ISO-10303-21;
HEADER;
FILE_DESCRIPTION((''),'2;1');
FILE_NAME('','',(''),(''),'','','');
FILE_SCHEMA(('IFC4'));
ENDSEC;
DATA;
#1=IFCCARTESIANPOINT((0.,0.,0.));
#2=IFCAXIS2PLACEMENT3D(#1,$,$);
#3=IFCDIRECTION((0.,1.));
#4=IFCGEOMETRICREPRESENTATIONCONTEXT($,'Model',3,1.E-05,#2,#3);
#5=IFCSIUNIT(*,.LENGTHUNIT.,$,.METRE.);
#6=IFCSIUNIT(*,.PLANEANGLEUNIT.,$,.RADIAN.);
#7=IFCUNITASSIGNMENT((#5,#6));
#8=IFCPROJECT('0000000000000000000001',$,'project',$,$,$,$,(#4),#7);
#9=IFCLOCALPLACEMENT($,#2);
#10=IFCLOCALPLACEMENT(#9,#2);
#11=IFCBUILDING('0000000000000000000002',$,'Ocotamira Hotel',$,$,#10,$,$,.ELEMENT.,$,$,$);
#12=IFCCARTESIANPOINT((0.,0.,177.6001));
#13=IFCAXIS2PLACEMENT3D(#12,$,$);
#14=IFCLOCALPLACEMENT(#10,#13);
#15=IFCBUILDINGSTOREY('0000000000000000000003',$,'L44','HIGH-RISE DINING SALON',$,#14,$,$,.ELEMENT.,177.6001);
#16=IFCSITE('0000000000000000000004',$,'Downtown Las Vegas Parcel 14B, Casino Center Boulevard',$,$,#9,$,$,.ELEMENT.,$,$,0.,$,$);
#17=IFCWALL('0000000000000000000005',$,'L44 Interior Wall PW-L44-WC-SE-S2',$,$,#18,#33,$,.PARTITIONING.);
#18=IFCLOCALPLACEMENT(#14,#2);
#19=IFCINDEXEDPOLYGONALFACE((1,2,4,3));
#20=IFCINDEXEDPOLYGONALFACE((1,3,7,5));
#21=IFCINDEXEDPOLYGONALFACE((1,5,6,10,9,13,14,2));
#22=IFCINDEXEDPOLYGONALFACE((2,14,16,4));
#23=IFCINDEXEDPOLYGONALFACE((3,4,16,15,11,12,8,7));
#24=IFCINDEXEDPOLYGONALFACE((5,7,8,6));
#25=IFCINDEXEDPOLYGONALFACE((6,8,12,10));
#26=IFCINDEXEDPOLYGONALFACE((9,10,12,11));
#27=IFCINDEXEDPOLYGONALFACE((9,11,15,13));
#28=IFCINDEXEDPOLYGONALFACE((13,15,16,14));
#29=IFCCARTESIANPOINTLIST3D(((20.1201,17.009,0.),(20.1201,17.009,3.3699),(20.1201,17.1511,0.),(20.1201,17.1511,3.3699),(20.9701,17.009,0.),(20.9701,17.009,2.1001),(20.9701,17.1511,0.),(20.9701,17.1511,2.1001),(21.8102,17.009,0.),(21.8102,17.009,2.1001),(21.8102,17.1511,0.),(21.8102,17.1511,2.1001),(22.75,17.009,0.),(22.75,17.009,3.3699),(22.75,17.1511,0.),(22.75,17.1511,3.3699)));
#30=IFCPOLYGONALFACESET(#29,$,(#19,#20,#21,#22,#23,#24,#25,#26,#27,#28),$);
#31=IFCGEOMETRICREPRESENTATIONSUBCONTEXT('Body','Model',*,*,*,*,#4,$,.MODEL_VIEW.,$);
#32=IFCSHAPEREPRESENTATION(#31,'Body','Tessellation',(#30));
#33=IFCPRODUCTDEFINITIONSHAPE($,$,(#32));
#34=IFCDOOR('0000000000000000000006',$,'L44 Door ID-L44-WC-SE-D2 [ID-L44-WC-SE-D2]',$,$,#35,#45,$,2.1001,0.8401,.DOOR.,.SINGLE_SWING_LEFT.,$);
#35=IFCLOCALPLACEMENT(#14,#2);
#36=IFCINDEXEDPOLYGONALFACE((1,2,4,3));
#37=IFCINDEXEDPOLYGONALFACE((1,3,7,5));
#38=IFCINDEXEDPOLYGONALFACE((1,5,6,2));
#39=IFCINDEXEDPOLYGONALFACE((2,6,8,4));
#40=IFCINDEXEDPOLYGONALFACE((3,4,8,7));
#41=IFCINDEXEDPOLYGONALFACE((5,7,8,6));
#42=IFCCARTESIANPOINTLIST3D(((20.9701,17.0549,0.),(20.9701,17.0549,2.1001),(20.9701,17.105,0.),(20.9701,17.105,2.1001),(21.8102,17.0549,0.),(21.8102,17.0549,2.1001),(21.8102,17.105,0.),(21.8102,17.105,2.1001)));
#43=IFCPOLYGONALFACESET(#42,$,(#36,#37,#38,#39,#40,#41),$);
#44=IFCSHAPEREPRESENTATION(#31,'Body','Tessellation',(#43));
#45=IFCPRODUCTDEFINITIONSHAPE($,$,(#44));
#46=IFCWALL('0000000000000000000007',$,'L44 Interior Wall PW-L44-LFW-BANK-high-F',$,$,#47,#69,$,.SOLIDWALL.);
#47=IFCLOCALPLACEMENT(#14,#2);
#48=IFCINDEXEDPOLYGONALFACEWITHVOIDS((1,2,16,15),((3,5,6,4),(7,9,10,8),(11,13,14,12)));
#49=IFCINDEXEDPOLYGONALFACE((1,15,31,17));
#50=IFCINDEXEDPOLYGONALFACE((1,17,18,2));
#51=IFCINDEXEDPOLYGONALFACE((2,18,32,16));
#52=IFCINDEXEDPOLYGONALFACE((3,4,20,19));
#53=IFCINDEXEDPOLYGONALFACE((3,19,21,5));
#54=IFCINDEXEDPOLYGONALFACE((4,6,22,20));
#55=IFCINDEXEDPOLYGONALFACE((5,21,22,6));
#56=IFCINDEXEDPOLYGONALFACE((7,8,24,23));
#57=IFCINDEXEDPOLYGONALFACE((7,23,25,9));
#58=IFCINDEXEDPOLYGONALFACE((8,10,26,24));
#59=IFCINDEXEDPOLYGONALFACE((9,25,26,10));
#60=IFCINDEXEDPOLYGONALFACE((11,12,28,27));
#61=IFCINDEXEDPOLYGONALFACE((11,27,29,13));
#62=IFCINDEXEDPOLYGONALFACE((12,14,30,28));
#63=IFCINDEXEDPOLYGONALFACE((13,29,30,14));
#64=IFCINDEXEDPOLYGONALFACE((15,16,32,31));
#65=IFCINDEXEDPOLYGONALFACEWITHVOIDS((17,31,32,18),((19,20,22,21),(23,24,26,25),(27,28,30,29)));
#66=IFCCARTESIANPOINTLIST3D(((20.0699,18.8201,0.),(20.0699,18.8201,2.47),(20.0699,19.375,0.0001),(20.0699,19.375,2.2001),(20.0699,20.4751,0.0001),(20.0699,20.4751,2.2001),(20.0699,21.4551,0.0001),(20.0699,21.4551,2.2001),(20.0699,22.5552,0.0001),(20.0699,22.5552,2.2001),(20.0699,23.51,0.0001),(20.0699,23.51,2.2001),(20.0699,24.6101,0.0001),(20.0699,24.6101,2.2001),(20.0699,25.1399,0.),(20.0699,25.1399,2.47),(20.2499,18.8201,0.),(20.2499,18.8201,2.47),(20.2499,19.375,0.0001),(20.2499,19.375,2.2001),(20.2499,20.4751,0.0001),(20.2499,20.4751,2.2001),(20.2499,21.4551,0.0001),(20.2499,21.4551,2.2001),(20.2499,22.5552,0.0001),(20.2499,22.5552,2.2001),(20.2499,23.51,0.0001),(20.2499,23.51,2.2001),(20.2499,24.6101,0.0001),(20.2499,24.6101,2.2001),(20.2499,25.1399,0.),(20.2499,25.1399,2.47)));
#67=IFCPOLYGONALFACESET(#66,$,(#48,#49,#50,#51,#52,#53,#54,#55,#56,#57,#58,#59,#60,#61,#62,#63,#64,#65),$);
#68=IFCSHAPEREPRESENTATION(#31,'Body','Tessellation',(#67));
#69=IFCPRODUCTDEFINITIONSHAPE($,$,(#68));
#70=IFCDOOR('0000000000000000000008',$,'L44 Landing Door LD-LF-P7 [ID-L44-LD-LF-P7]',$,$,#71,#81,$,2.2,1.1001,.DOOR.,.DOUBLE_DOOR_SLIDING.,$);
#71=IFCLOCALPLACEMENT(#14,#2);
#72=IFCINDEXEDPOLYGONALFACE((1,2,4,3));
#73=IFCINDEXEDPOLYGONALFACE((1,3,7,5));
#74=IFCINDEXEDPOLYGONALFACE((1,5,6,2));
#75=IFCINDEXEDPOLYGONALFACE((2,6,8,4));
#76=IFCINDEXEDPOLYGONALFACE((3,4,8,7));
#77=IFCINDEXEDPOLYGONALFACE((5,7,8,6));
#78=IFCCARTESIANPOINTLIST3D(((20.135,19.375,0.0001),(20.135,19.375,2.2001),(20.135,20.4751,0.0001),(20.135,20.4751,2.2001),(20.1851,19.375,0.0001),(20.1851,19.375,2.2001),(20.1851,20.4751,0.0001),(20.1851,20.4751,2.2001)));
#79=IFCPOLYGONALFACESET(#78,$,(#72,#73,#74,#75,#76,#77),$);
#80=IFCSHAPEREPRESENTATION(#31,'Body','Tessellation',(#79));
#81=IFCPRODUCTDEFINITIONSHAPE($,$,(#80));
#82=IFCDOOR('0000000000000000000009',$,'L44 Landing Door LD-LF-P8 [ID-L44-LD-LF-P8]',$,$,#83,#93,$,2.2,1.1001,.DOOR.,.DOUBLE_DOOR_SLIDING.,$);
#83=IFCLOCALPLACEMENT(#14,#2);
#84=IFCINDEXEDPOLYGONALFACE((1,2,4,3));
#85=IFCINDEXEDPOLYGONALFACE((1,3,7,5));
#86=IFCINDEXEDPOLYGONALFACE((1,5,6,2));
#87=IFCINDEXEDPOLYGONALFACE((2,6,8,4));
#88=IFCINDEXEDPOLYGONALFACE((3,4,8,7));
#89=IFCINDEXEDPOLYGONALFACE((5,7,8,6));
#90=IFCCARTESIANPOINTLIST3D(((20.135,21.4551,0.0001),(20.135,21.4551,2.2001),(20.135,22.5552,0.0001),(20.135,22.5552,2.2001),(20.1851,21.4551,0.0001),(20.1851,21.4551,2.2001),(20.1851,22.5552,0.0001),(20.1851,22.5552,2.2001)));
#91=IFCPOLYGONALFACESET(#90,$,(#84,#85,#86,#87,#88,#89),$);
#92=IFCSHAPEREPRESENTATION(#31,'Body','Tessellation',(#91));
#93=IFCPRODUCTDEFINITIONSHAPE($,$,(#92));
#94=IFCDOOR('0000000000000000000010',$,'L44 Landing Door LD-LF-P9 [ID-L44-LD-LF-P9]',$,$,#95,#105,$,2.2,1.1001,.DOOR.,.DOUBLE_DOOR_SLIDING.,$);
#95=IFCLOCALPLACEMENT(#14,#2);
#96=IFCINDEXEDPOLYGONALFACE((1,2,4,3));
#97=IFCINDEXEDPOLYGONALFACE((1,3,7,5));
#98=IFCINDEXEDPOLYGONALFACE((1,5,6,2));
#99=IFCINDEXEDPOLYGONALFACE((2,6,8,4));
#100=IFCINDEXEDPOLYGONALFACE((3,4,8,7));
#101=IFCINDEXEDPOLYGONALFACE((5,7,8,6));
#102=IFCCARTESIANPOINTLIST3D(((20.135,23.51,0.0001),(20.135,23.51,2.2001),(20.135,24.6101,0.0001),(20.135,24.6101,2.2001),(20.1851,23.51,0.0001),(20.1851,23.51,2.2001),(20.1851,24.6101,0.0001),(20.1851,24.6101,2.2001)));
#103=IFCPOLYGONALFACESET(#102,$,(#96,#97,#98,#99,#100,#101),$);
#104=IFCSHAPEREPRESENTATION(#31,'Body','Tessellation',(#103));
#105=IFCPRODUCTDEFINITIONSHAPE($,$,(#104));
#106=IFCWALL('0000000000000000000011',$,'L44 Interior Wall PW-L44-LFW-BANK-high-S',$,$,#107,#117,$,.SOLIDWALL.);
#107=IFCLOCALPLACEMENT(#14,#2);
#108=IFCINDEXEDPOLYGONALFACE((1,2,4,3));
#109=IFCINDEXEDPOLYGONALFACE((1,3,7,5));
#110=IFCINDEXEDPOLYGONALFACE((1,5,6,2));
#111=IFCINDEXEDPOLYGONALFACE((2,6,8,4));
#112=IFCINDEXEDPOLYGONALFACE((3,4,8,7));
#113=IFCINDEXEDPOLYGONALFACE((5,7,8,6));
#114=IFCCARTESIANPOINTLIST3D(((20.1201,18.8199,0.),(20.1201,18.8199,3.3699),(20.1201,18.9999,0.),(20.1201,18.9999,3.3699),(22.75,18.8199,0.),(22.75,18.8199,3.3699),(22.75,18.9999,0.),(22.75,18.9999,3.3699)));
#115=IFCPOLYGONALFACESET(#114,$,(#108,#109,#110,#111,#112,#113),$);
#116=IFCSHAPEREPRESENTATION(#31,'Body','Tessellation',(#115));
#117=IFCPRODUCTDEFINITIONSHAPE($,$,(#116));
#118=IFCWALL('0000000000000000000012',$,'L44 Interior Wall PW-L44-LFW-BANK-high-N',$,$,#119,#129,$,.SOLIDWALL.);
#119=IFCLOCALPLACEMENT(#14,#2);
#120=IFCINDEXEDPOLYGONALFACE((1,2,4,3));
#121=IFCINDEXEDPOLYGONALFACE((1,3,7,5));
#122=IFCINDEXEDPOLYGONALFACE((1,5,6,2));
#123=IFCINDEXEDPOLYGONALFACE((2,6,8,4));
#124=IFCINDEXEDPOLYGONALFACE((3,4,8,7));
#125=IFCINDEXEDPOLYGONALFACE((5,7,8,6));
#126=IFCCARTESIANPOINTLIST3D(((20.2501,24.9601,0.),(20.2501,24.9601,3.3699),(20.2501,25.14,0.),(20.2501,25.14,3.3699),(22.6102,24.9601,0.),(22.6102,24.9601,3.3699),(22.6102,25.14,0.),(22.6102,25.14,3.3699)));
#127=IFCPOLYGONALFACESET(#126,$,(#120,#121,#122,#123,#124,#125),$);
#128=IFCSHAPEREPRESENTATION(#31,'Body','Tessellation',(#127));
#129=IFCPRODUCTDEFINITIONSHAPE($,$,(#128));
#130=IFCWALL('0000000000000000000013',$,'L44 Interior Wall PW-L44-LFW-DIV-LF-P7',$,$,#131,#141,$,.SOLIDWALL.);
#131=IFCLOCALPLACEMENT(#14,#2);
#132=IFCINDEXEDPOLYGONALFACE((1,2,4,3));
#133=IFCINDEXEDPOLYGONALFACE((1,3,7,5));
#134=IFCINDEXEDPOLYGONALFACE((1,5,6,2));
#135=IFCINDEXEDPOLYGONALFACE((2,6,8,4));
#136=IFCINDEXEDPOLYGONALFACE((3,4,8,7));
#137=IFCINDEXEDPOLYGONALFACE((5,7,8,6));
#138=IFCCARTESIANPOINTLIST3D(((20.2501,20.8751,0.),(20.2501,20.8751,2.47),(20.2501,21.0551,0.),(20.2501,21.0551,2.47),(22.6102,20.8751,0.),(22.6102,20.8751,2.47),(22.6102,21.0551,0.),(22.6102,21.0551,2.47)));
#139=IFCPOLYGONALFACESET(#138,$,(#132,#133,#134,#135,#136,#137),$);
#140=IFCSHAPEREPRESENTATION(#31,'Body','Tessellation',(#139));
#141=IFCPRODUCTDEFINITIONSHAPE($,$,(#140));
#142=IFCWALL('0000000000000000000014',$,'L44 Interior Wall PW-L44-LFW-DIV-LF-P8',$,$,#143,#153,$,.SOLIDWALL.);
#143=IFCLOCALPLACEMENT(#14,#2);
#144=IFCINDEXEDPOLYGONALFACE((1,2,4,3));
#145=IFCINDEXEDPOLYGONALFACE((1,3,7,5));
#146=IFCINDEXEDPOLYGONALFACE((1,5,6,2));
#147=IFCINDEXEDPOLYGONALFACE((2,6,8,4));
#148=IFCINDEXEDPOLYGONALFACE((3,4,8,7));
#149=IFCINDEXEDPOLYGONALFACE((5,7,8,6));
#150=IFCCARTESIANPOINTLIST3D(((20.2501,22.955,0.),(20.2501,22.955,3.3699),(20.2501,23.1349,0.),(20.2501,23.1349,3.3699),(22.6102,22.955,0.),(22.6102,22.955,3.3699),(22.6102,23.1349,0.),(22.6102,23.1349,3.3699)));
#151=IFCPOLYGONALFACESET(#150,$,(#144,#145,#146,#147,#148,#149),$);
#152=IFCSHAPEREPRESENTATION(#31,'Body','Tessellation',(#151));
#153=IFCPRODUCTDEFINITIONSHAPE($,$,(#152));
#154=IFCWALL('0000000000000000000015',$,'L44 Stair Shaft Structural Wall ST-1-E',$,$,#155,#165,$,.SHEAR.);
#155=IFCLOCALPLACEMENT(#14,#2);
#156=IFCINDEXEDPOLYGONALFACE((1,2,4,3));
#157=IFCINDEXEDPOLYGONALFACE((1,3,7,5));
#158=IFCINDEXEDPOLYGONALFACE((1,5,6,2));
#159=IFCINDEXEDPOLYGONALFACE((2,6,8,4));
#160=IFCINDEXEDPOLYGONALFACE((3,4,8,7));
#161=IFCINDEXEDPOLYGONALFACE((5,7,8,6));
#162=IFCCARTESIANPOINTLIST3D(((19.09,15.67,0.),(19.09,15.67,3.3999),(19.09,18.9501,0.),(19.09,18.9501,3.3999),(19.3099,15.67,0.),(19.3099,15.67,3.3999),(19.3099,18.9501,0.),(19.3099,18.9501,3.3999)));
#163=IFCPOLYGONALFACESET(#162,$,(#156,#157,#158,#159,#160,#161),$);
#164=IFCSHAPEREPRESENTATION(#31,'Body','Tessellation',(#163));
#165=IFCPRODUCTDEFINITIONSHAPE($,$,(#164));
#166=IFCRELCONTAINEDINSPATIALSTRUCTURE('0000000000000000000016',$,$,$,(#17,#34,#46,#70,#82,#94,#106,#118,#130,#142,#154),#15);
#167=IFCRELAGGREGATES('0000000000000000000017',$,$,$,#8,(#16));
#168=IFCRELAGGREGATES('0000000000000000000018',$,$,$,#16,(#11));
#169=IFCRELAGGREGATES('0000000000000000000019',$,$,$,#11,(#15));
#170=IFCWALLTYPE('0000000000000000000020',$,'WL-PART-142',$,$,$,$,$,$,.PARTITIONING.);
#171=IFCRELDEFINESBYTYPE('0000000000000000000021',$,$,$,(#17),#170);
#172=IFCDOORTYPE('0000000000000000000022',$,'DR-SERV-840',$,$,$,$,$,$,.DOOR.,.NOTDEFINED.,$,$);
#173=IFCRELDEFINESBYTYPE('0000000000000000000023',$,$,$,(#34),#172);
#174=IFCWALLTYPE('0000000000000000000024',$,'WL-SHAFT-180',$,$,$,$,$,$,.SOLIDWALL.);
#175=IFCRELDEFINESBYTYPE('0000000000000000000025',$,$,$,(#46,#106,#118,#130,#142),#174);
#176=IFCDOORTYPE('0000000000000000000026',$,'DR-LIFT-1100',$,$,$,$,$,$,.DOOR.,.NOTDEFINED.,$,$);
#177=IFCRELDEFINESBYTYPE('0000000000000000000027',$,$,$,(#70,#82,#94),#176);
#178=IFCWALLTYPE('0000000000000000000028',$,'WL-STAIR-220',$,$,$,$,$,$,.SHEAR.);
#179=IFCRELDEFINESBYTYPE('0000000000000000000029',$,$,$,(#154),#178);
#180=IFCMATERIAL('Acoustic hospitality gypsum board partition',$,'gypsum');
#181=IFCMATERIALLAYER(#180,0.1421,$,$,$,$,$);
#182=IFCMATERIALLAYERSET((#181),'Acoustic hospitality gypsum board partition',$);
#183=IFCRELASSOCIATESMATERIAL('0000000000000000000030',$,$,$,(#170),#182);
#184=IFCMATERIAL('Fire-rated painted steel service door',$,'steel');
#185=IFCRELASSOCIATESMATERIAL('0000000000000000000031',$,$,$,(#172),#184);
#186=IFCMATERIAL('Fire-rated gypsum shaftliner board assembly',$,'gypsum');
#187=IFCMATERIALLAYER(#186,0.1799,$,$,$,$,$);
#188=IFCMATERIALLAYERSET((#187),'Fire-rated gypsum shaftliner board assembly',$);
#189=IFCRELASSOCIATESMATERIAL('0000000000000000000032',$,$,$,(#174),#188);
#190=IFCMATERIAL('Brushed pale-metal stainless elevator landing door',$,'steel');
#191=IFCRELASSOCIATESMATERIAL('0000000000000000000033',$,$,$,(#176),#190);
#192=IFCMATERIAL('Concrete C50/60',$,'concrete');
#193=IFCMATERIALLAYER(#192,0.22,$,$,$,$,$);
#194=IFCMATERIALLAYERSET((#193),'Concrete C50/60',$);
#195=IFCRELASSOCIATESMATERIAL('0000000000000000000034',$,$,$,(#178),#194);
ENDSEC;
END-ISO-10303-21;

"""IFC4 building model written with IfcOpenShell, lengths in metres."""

from ifc_helpers import new_model, si_unit, direction, frame, frame_2d, origin, place, context, subcontext, project, spatial, rectangle, extrude, source, transform, mapped, material, layer, layer_set, type_object, element, fill, save


model = new_model("IFC4")

# Units and contexts
model_context = context("Model", 3, precision=1e-05, world=origin(), true_north=direction((0.0, 1.0)))
body_context = subcontext(model_context, "Body", "Model", "MODEL_VIEW")
ifc_project = project(units=[si_unit("LENGTHUNIT", "METRE"), si_unit("PLANEANGLEUNIT", "RADIAN")], contexts=[model_context])

# Site, building, storey
site_placement = place(None, origin())
site = spatial("IfcSite", under=ifc_project, at=site_placement, Name="Downtown Las Vegas Parcel 14B, Casino Center Boulevard", CompositionType="ELEMENT", RefElevation=0.0)
building_placement = place(site_placement, origin())
building = spatial("IfcBuilding", under=site, at=building_placement, Name="Ocotamira Hotel", CompositionType="ELEMENT")
storey_placement = place(building_placement, frame((0.0, 0.0, 177.6001)))
storey = spatial("IfcBuildingStorey", under=building, at=storey_placement, Name="L44", Description="HIGH-RISE DINING SALON", CompositionType="ELEMENT", Elevation=177.6001)

# Shared definitions
ifc_material_1 = material(Name="Concrete C50/60", Category="concrete")
ifc_material_2 = material(Name="Acoustic hospitality gypsum board partition", Category="gypsum")
ifc_layer_1 = layer(ifc_material_2, 0.1421)
ifc_layer_set_1 = layer_set([ifc_layer_1], Name="Acoustic hospitality gypsum board partition")
wall_type_1 = type_object("IfcWallType", Name="WL-PART-142", PredefinedType="PARTITIONING", material=ifc_layer_set_1)

# Wall, opening, door
wall_1_placement = place(storey_placement, frame((20.1201, 17.0801, 0.0), z_axis=(0.0, 0.0, 1.0), x_axis=(1.0, 0.0, 0.0)))
wall_1 = element("IfcWall", 1, at=wall_1_placement, inside=storey, type_object=wall_type_1, Name="L44 Interior Wall PW-L44-WC-SE-S2", PredefinedType="PARTITIONING", context=body_context, shape_type="SweptSolid", body=[
    extrude(rectangle(XDim=2.6299, YDim=0.1421, at=frame_2d((1.3149, 0.0))), origin(), (0.0, 0.0, 1.0), 3.3699),
])
opening_1_placement = place(wall_1_placement, frame((0.8501, 0.0, 0.0)))
opening_1 = element("IfcOpeningElement", 2, at=opening_1_placement, cuts=wall_1, PredefinedType="OPENING", context=body_context, shape_type="SweptSolid", body=[
    extrude(rectangle(XDim=0.8401, YDim=2.1001, at=frame_2d((0.4199, 1.05))), frame((0.0, 0.0811, 0.0), z_axis=(0.0, -1.0, 0.0), x_axis=(1.0, 0.0, 0.0)), (0.0, 0.0, 1.0), 0.1621),
])
ifc_material_3 = material(Name="Fire-rated painted steel service door", Category="steel")
door_type_1 = type_object("IfcDoorType", Name="DR-SERV-840", OperationType="NOTDEFINED", PredefinedType="DOOR", material=ifc_material_3)
shared_shape_1 = source(origin(), body_context, "Body", "SweptSolid", [
    extrude(rectangle(XDim=0.8401, YDim=2.1001, at=frame_2d((0.4199, 1.05))), frame((0.0, 0.0249, 0.0), z_axis=(0.0, -1.0, 0.0), x_axis=(1.0, 0.0, 0.0)), (0.0, 0.0, 1.0), 0.05),
])
door_1_placement = place(opening_1_placement, origin())
door_1 = element("IfcDoor", 3, at=door_1_placement, inside=storey, type_object=door_type_1, Name="L44 Door ID-L44-WC-SE-D2 [ID-L44-WC-SE-D2]", OperationType="SINGLE_SWING_LEFT", OverallHeight=2.1001, OverallWidth=0.8401, PredefinedType="DOOR", context=body_context, shape_type="MappedRepresentation", body=[
    mapped(shared_shape_1, transform((0.0, 0.0, 0.0), scale=1.0)),
])
fill(opening_1, door_1)

# Wall, openings, doors
ifc_material_4 = material(Name="Fire-rated gypsum shaftliner board assembly", Category="gypsum")
ifc_layer_2 = layer(ifc_material_4, 0.1799)
ifc_layer_set_2 = layer_set([ifc_layer_2], Name="Fire-rated gypsum shaftliner board assembly")
wall_type_2 = type_object("IfcWallType", Name="WL-SHAFT-180", PredefinedType="SOLIDWALL", material=ifc_layer_set_2)
wall_2_placement = place(storey_placement, frame((20.1599, 18.8201, 0.0), z_axis=(0.0, 0.0, 1.0), x_axis=(0.0, 1.0, 0.0)))
wall_2 = element("IfcWall", 4, at=wall_2_placement, inside=storey, type_object=wall_type_2, Name="L44 Interior Wall PW-L44-LFW-BANK-high-F", PredefinedType="SOLIDWALL", context=body_context, shape_type="SweptSolid", body=[
    extrude(rectangle(XDim=6.3198, YDim=0.1799, at=frame_2d((3.1599, 0.0))), origin(), (0.0, 0.0, 1.0), 2.47),
])
opening_2_placement = place(wall_2_placement, frame((0.5549, 0.0, 0.0)))
opening_2 = element("IfcOpeningElement", 5, at=opening_2_placement, cuts=wall_2, PredefinedType="OPENING", context=body_context, shape_type="SweptSolid", body=[
    extrude(rectangle(XDim=1.1001, YDim=2.2, at=frame_2d((0.55, 1.1001))), frame((0.0, 0.1001, 0.0), z_axis=(0.0, -1.0, 0.0), x_axis=(1.0, 0.0, 0.0)), (0.0, 0.0, 1.0), 0.2),
])
opening_3_placement = place(wall_2_placement, frame((2.635, 0.0, 0.0)))
opening_3 = element("IfcOpeningElement", 6, at=opening_3_placement, cuts=wall_2, PredefinedType="OPENING", context=body_context, shape_type="SweptSolid", body=[
    extrude(rectangle(XDim=1.1001, YDim=2.2, at=frame_2d((0.55, 1.1001))), frame((0.0, 0.1001, 0.0), z_axis=(0.0, -1.0, 0.0), x_axis=(1.0, 0.0, 0.0)), (0.0, 0.0, 1.0), 0.2),
])
opening_4_placement = place(wall_2_placement, frame((4.6899, 0.0, 0.0)))
opening_4 = element("IfcOpeningElement", 7, at=opening_4_placement, cuts=wall_2, PredefinedType="OPENING", context=body_context, shape_type="SweptSolid", body=[
    extrude(rectangle(XDim=1.1001, YDim=2.2, at=frame_2d((0.55, 1.1001))), frame((0.0, 0.1001, 0.0), z_axis=(0.0, -1.0, 0.0), x_axis=(1.0, 0.0, 0.0)), (0.0, 0.0, 1.0), 0.2),
])
ifc_material_5 = material(Name="Brushed pale-metal stainless elevator landing door", Category="steel")
door_type_2 = type_object("IfcDoorType", Name="DR-LIFT-1100", OperationType="NOTDEFINED", PredefinedType="DOOR", material=ifc_material_5)
shared_shape_2 = source(origin(), body_context, "Body", "SweptSolid", [
    extrude(rectangle(XDim=1.1001, YDim=2.2, at=frame_2d((0.55, 1.1001))), frame((0.0, 0.0249, 0.0), z_axis=(0.0, -1.0, 0.0), x_axis=(1.0, 0.0, 0.0)), (0.0, 0.0, 1.0), 0.05),
])
door_2_placement = place(opening_2_placement, origin())
door_2 = element("IfcDoor", 8, at=door_2_placement, inside=storey, type_object=door_type_2, Name="L44 Landing Door LD-LF-P7 [ID-L44-LD-LF-P7]", OperationType="DOUBLE_DOOR_SLIDING", OverallHeight=2.2, OverallWidth=1.1001, PredefinedType="DOOR", context=body_context, shape_type="MappedRepresentation", body=[
    mapped(shared_shape_2, transform((0.0, 0.0, 0.0), scale=1.0)),
])
fill(opening_2, door_2)
door_3_placement = place(opening_3_placement, origin())
door_3 = element("IfcDoor", 9, at=door_3_placement, inside=storey, type_object=door_type_2, Name="L44 Landing Door LD-LF-P8 [ID-L44-LD-LF-P8]", OperationType="DOUBLE_DOOR_SLIDING", OverallHeight=2.2, OverallWidth=1.1001, PredefinedType="DOOR", context=body_context, shape_type="MappedRepresentation", body=[
    mapped(shared_shape_2, transform((0.0, 0.0, 0.0), scale=1.0)),
])
fill(opening_3, door_3)
door_4_placement = place(opening_4_placement, origin())
door_4 = element("IfcDoor", 10, at=door_4_placement, inside=storey, type_object=door_type_2, Name="L44 Landing Door LD-LF-P9 [ID-L44-LD-LF-P9]", OperationType="DOUBLE_DOOR_SLIDING", OverallHeight=2.2, OverallWidth=1.1001, PredefinedType="DOOR", context=body_context, shape_type="MappedRepresentation", body=[
    mapped(shared_shape_2, transform((0.0, 0.0, 0.0), scale=1.0)),
])
fill(opening_4, door_4)

# Walls
wall_3_placement = place(storey_placement, frame((20.1201, 18.9099, 0.0), z_axis=(0.0, 0.0, 1.0), x_axis=(1.0, 0.0, 0.0)))
element("IfcWall", 11, at=wall_3_placement, inside=storey, type_object=wall_type_2, Name="L44 Interior Wall PW-L44-LFW-BANK-high-S", PredefinedType="SOLIDWALL", context=body_context, shape_type="SweptSolid", body=[
    extrude(rectangle(XDim=2.6299, YDim=0.1799, at=frame_2d((1.3149, 0.0))), origin(), (0.0, 0.0, 1.0), 3.3699),
])
wall_4_placement = place(storey_placement, frame((20.25, 25.05, 0.0), z_axis=(0.0, 0.0, 1.0), x_axis=(1.0, 0.0, 0.0)))
element("IfcWall", 12, at=wall_4_placement, inside=storey, type_object=wall_type_2, Name="L44 Interior Wall PW-L44-LFW-BANK-high-N", PredefinedType="SOLIDWALL", context=body_context, shape_type="SweptSolid", body=[
    extrude(rectangle(XDim=2.3601, YDim=0.1799, at=frame_2d((1.1802, 0.0))), origin(), (0.0, 0.0, 1.0), 3.3699),
])
wall_5_placement = place(storey_placement, frame((20.25, 20.9651, 0.0), z_axis=(0.0, 0.0, 1.0), x_axis=(1.0, 0.0, 0.0)))
element("IfcWall", 13, at=wall_5_placement, inside=storey, type_object=wall_type_2, Name="L44 Interior Wall PW-L44-LFW-DIV-LF-P7", PredefinedType="SOLIDWALL", context=body_context, shape_type="SweptSolid", body=[
    extrude(rectangle(XDim=2.3601, YDim=0.1799, at=frame_2d((1.1802, 0.0))), origin(), (0.0, 0.0, 1.0), 2.47),
])
wall_6_placement = place(storey_placement, frame((20.25, 23.0449, 0.0), z_axis=(0.0, 0.0, 1.0), x_axis=(1.0, 0.0, 0.0)))
element("IfcWall", 14, at=wall_6_placement, inside=storey, type_object=wall_type_2, Name="L44 Interior Wall PW-L44-LFW-DIV-LF-P8", PredefinedType="SOLIDWALL", context=body_context, shape_type="SweptSolid", body=[
    extrude(rectangle(XDim=2.3601, YDim=0.1799, at=frame_2d((1.1802, 0.0))), origin(), (0.0, 0.0, 1.0), 3.3699),
])
ifc_layer_3 = layer(ifc_material_1, 0.22)
ifc_layer_set_3 = layer_set([ifc_layer_3], Name="Concrete C50/60")
wall_type_3 = type_object("IfcWallType", Name="WL-STAIR-220", PredefinedType="SHEAR", material=ifc_layer_set_3)
wall_7_placement = place(storey_placement, frame((19.2, 15.6699, 0.0), z_axis=(0.0, 0.0, 1.0), x_axis=(0.0, 1.0, 0.0)))
element("IfcWall", 15, at=wall_7_placement, inside=storey, type_object=wall_type_3, Name="L44 Stair Shaft Structural Wall ST-1-E", PredefinedType="SHEAR", context=body_context, shape_type="SweptSolid", body=[
    extrude(rectangle(XDim=3.28, YDim=0.22, at=frame_2d((1.6401, 0.0))), origin(), (0.0, 0.0, 1.0), 3.3999),
])

save(model, "model.ifc")
